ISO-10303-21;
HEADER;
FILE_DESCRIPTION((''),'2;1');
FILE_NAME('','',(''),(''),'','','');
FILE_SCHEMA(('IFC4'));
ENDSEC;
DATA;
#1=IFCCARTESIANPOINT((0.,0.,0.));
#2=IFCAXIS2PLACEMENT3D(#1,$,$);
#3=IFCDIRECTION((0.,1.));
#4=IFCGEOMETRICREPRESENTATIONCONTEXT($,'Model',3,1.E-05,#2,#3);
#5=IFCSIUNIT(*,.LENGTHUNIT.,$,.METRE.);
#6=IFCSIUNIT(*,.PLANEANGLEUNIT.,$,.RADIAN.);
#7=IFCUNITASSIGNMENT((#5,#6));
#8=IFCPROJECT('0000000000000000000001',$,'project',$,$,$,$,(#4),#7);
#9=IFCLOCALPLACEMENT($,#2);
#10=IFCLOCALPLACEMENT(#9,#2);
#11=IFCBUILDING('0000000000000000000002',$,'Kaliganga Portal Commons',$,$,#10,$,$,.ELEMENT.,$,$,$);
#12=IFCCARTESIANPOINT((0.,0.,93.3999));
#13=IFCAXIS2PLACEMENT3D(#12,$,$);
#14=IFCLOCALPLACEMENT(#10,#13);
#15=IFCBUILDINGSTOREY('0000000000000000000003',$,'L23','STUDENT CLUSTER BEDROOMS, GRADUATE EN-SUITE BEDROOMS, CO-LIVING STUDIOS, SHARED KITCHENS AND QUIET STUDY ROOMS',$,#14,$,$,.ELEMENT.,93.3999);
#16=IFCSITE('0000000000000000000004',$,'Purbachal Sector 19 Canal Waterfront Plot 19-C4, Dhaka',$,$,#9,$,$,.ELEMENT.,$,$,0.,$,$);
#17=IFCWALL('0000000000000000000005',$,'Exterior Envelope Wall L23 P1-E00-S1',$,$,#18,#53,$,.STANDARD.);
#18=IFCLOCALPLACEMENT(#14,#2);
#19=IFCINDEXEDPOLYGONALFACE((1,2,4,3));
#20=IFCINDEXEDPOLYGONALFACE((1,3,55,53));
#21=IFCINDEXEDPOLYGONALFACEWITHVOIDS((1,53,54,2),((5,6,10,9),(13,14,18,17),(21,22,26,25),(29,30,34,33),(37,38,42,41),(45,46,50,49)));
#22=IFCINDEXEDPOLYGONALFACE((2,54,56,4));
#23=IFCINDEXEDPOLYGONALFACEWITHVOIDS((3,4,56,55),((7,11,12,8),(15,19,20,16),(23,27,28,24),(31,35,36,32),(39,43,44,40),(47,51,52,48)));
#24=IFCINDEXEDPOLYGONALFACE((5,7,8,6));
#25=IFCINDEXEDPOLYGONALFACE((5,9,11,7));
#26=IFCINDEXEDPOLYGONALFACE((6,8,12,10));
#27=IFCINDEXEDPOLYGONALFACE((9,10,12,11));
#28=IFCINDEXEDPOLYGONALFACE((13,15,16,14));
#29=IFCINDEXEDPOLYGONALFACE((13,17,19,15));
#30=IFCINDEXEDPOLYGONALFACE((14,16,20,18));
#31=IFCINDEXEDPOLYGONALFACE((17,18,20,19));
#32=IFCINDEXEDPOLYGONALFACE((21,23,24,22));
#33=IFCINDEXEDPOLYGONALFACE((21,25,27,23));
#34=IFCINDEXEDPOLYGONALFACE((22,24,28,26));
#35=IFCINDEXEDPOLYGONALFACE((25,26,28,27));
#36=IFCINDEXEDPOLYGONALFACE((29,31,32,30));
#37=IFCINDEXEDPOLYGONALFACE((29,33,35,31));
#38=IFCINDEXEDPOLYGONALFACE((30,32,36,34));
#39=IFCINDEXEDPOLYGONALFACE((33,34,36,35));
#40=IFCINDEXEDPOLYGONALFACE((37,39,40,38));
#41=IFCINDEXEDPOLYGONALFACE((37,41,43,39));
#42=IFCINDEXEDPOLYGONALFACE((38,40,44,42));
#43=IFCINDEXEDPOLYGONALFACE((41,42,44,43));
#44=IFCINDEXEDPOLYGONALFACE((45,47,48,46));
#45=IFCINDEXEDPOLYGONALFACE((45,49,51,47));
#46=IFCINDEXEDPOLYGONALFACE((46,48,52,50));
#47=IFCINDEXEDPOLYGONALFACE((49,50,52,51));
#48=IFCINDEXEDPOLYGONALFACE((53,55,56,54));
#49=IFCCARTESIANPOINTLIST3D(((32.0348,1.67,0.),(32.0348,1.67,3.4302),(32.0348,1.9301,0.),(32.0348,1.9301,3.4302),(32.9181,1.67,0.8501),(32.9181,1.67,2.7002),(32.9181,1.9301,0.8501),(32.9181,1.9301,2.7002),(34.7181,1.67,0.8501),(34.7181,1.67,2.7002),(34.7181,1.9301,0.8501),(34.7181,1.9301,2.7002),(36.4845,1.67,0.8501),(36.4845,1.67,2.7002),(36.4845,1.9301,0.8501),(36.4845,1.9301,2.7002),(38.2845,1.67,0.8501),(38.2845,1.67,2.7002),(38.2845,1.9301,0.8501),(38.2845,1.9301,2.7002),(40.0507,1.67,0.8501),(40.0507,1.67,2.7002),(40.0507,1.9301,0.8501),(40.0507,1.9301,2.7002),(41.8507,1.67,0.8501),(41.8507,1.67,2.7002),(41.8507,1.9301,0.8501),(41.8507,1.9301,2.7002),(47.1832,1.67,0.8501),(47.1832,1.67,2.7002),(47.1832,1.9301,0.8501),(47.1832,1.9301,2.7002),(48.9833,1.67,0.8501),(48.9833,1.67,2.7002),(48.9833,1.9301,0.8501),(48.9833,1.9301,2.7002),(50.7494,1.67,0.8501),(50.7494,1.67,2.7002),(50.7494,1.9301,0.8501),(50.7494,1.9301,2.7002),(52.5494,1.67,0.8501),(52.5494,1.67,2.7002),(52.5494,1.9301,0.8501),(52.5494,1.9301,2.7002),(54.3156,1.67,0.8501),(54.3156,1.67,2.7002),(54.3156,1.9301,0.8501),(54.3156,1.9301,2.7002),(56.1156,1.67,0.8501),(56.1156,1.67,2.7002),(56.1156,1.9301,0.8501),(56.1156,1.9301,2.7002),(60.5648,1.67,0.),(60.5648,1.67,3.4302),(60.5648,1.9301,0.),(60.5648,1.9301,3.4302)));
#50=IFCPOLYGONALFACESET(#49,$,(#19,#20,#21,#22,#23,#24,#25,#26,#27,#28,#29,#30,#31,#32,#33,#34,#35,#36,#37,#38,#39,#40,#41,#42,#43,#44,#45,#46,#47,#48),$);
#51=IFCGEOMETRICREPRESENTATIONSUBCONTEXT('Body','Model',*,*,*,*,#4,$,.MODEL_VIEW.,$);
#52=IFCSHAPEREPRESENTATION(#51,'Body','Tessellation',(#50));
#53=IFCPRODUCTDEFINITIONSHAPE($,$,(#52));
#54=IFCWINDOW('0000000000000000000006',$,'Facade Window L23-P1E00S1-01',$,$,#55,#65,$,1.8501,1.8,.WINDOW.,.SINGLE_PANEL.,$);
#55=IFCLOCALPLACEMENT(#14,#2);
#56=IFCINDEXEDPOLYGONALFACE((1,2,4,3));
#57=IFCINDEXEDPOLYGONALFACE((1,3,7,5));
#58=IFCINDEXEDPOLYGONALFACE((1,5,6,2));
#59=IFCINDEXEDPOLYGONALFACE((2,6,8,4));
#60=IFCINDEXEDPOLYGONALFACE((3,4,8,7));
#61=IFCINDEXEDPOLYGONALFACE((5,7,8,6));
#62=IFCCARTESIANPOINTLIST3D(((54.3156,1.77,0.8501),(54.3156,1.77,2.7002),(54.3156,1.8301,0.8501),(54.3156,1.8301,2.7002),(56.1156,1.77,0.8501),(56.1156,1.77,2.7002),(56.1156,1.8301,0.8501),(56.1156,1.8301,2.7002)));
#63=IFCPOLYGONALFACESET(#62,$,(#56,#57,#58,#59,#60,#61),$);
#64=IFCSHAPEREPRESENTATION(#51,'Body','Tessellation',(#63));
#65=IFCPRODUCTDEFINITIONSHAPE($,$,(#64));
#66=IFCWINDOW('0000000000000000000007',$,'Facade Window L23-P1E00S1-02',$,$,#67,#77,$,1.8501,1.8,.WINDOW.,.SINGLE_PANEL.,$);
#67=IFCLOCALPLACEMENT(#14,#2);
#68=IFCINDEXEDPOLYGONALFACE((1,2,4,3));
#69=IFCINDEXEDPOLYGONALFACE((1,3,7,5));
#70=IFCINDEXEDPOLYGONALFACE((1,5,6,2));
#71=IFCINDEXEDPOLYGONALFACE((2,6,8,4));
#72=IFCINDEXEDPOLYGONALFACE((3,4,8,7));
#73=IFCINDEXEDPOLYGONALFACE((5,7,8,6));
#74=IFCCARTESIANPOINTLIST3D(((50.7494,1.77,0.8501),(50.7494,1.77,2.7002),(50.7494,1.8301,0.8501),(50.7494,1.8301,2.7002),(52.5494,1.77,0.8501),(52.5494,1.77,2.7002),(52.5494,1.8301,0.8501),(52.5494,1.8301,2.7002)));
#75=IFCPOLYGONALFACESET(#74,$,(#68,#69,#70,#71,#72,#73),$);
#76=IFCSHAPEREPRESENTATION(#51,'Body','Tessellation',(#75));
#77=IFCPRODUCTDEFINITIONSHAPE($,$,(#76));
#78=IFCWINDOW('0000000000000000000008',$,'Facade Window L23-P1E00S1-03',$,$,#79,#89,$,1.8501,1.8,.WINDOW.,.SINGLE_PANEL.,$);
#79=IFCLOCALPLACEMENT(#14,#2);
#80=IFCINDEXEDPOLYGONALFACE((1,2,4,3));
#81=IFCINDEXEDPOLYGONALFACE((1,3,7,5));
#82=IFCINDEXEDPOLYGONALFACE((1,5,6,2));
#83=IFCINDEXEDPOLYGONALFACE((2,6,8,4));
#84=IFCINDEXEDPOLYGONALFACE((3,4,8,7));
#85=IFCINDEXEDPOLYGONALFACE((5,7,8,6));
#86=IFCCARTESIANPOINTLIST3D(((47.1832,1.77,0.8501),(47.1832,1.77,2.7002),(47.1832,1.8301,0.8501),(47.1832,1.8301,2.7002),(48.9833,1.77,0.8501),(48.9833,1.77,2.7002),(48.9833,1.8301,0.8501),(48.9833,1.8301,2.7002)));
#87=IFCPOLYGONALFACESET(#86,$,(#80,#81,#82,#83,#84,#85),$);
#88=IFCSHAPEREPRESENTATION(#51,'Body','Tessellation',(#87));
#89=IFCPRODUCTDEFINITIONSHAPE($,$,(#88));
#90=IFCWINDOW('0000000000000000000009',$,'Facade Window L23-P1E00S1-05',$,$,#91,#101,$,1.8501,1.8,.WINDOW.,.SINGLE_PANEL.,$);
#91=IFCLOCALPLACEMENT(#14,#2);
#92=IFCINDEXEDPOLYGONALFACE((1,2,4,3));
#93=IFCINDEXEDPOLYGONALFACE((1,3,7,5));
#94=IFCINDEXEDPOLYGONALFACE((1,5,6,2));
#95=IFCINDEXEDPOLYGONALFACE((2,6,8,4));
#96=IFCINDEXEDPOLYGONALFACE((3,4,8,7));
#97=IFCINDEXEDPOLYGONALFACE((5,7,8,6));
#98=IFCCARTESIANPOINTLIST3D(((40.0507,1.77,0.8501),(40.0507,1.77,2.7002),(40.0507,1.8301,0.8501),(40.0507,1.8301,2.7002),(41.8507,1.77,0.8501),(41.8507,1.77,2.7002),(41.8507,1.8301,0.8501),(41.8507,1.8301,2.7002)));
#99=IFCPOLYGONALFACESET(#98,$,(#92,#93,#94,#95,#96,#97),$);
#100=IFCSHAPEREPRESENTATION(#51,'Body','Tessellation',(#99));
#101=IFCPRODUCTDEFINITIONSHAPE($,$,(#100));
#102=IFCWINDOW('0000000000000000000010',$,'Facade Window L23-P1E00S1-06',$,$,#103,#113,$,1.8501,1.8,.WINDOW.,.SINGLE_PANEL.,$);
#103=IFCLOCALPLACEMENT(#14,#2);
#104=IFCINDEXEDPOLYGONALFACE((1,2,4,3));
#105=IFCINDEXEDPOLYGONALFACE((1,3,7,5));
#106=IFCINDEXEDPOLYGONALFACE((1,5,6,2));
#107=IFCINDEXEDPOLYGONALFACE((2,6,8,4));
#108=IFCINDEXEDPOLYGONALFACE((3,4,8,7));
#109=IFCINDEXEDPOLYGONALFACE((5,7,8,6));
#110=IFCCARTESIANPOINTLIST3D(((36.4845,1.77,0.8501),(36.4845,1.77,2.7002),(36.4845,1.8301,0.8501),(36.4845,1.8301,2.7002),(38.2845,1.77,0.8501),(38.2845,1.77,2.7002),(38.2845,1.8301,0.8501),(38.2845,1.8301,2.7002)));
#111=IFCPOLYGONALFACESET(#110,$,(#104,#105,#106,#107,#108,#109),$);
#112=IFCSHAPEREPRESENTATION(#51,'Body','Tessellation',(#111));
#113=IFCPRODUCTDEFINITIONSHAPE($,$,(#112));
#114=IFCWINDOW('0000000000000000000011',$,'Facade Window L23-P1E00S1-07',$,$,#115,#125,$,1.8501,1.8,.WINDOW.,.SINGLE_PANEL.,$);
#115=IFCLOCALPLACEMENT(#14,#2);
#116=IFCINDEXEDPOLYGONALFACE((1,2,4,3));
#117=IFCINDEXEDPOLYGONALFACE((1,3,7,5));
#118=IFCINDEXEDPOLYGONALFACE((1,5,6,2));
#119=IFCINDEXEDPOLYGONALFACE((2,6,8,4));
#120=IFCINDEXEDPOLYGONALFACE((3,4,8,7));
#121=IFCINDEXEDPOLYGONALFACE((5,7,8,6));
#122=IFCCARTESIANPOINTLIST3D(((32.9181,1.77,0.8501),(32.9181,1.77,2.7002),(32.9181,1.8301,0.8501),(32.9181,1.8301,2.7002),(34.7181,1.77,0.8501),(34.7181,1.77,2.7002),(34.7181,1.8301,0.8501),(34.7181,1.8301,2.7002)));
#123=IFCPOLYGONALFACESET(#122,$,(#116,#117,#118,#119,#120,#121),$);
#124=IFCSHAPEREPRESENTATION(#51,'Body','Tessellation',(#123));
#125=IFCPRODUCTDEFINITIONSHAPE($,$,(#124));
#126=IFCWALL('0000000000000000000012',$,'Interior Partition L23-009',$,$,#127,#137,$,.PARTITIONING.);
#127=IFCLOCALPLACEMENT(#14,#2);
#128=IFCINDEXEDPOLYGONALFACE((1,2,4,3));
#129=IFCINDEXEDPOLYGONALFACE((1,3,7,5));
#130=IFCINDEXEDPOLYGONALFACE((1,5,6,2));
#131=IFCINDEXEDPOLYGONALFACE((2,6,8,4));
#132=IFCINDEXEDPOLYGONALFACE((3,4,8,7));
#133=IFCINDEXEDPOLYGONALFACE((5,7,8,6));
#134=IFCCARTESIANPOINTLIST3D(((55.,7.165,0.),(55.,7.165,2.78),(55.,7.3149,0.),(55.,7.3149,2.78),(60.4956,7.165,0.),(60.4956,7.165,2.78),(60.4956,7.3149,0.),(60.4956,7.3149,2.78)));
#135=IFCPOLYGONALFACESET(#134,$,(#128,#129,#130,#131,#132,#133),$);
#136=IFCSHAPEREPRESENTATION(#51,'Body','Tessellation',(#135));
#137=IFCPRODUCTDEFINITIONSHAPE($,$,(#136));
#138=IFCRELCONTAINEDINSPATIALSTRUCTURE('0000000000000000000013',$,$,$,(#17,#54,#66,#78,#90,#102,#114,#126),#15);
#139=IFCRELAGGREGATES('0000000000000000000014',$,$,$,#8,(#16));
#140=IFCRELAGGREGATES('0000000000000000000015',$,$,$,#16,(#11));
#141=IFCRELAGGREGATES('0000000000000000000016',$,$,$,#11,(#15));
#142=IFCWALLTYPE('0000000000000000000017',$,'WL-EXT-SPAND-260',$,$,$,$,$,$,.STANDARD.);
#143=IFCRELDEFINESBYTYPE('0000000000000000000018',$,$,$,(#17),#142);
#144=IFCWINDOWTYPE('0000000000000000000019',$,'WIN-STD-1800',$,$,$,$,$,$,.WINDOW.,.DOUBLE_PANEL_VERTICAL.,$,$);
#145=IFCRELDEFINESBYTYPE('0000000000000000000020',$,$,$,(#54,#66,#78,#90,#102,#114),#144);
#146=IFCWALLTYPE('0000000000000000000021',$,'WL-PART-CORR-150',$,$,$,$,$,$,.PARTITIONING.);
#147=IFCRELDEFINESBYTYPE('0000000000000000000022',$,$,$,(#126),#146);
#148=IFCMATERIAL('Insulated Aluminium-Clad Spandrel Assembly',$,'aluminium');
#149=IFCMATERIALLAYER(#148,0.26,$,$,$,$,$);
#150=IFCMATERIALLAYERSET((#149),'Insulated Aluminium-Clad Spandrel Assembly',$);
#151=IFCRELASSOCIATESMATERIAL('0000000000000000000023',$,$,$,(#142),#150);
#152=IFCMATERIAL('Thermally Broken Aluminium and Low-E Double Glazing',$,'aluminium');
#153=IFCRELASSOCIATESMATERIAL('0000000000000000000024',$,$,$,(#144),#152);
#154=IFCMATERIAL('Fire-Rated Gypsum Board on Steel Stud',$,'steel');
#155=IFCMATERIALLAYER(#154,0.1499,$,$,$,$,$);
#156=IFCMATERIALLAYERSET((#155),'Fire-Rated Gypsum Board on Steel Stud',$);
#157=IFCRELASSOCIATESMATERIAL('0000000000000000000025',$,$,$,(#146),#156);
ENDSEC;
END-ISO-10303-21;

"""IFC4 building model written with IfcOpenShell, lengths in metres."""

from ifc_helpers import new_model, si_unit, direction, frame, frame_2d, origin, place, context, subcontext, project, spatial, rectangle, extrude, material, layer, layer_set, type_object, element, fill, save


model = new_model("IFC4")

# Units and contexts
model_context = context("Model", 3, precision=1e-05, world=origin(), true_north=direction((0.0, 1.0)))
body_context = subcontext(model_context, "Body", "Model", "MODEL_VIEW")
ifc_project = project(units=[si_unit("LENGTHUNIT", "METRE"), si_unit("PLANEANGLEUNIT", "RADIAN")], contexts=[model_context])

# Site, building, storey
site_placement = place(None, origin())
site = spatial("IfcSite", under=ifc_project, at=site_placement, Name="Purbachal Sector 19 Canal Waterfront Plot 19-C4, Dhaka", CompositionType="ELEMENT", RefElevation=0.0)
building_placement = place(site_placement, origin())
building = spatial("IfcBuilding", under=site, at=building_placement, Name="Kaliganga Portal Commons", CompositionType="ELEMENT")
storey_placement = place(building_placement, frame((0.0, 0.0, 93.3999)))
storey = spatial("IfcBuildingStorey", under=building, at=storey_placement, Name="L23", Description="STUDENT CLUSTER BEDROOMS, GRADUATE EN-SUITE BEDROOMS, CO-LIVING STUDIOS, SHARED KITCHENS AND QUIET STUDY ROOMS", CompositionType="ELEMENT", Elevation=93.3999)

# Wall, openings, windows
ifc_material_1 = material(Name="Insulated Aluminium-Clad Spandrel Assembly", Category="aluminium")
ifc_layer_1 = layer(ifc_material_1, 0.26)
ifc_layer_set_1 = layer_set([ifc_layer_1], Name="Insulated Aluminium-Clad Spandrel Assembly")
wall_type_1 = type_object("IfcWallType", Name="WL-EXT-SPAND-260", PredefinedType="STANDARD", material=ifc_layer_set_1)
wall_1_placement = place(storey_placement, frame((60.5649, 1.8, 0.0), z_axis=(0.0, 0.0, 1.0), x_axis=(-1.0, 0.0, 0.0)))
wall_1 = element("IfcWall", 1, at=wall_1_placement, inside=storey, type_object=wall_type_1, Name="Exterior Envelope Wall L23 P1-E00-S1", PredefinedType="STANDARD", context=body_context, shape_type="SweptSolid", body=[
    extrude(rectangle(XDim=28.53, YDim=0.26, at=frame_2d((14.2651, 0.0))), origin(), (0.0, 0.0, 1.0), 3.4302),
])
opening_1_placement = place(wall_1_placement, frame((4.4495, 0.0, 0.8501)))
opening_1 = element("IfcOpeningElement", 2, at=opening_1_placement, cuts=wall_1, PredefinedType="OPENING", context=body_context, shape_type="SweptSolid", body=[
    extrude(rectangle(XDim=1.8, YDim=1.8501, at=frame_2d((0.8999, 0.925))), frame((0.0, 0.1401, 0.0), z_axis=(0.0, -1.0, 0.0), x_axis=(1.0, 0.0, 0.0)), (0.0, 0.0, 1.0), 0.28),
])
opening_2_placement = place(wall_1_placement, frame((8.0156, 0.0, 0.8501)))
opening_2 = element("IfcOpeningElement", 3, at=opening_2_placement, cuts=wall_1, PredefinedType="OPENING", context=body_context, shape_type="SweptSolid", body=[
    extrude(rectangle(XDim=1.8, YDim=1.8501, at=frame_2d((0.8999, 0.925))), frame((0.0, 0.1401, 0.0), z_axis=(0.0, -1.0, 0.0), x_axis=(1.0, 0.0, 0.0)), (0.0, 0.0, 1.0), 0.28),
])
opening_3_placement = place(wall_1_placement, frame((11.5818, 0.0, 0.8501)))
opening_3 = element("IfcOpeningElement", 4, at=opening_3_placement, cuts=wall_1, PredefinedType="OPENING", context=body_context, shape_type="SweptSolid", body=[
    extrude(rectangle(XDim=1.8, YDim=1.8501, at=frame_2d((0.8999, 0.925))), frame((0.0, 0.1401, 0.0), z_axis=(0.0, -1.0, 0.0), x_axis=(1.0, 0.0, 0.0)), (0.0, 0.0, 1.0), 0.28),
])
opening_4_placement = place(wall_1_placement, frame((18.7144, 0.0, 0.8501)))
opening_4 = element("IfcOpeningElement", 5, at=opening_4_placement, cuts=wall_1, PredefinedType="OPENING", context=body_context, shape_type="SweptSolid", body=[
    extrude(rectangle(XDim=1.8, YDim=1.8501, at=frame_2d((0.8999, 0.925))), frame((0.0, 0.1401, 0.0), z_axis=(0.0, -1.0, 0.0), x_axis=(1.0, 0.0, 0.0)), (0.0, 0.0, 1.0), 0.28),
])
opening_5_placement = place(wall_1_placement, frame((22.2805, 0.0, 0.8501)))
opening_5 = element("IfcOpeningElement", 6, at=opening_5_placement, cuts=wall_1, PredefinedType="OPENING", context=body_context, shape_type="SweptSolid", body=[
    extrude(rectangle(XDim=1.8, YDim=1.8501, at=frame_2d((0.8999, 0.925))), frame((0.0, 0.1401, 0.0), z_axis=(0.0, -1.0, 0.0), x_axis=(1.0, 0.0, 0.0)), (0.0, 0.0, 1.0), 0.28),
])
opening_6_placement = place(wall_1_placement, frame((25.8469, 0.0, 0.8501)))
opening_6 = element("IfcOpeningElement", 7, at=opening_6_placement, cuts=wall_1, PredefinedType="OPENING", context=body_context, shape_type="SweptSolid", body=[
    extrude(rectangle(XDim=1.8, YDim=1.8501, at=frame_2d((0.8999, 0.925))), frame((0.0, 0.1401, 0.0), z_axis=(0.0, -1.0, 0.0), x_axis=(1.0, 0.0, 0.0)), (0.0, 0.0, 1.0), 0.28),
])
ifc_material_2 = material(Name="Thermally Broken Aluminium and Low-E Double Glazing", Category="aluminium")
window_type = type_object("IfcWindowType", Name="WIN-STD-1800", PartitioningType="DOUBLE_PANEL_VERTICAL", PredefinedType="WINDOW", material=ifc_material_2)
window_1_placement = place(opening_1_placement, origin())
window_1 = element("IfcWindow", 8, at=window_1_placement, inside=storey, type_object=window_type, Name="Facade Window L23-P1E00S1-01", OverallHeight=1.8501, OverallWidth=1.8, PartitioningType="SINGLE_PANEL", PredefinedType="WINDOW", context=body_context, shape_type="SweptSolid", body=[
    extrude(rectangle(XDim=1.8, YDim=1.8501, at=frame_2d((0.8999, 0.925))), frame((0.0, 0.03, 0.0), z_axis=(0.0, -1.0, 0.0), x_axis=(1.0, 0.0, 0.0)), (0.0, 0.0, 1.0), 0.0601),
])
fill(opening_1, window_1)
window_2_placement = place(opening_2_placement, origin())
window_2 = element("IfcWindow", 9, at=window_2_placement, inside=storey, type_object=window_type, Name="Facade Window L23-P1E00S1-02", OverallHeight=1.8501, OverallWidth=1.8, PartitioningType="SINGLE_PANEL", PredefinedType="WINDOW", context=body_context, shape_type="SweptSolid", body=[
    extrude(rectangle(XDim=1.8, YDim=1.8501, at=frame_2d((0.8999, 0.925))), frame((0.0, 0.03, 0.0), z_axis=(0.0, -1.0, 0.0), x_axis=(1.0, 0.0, 0.0)), (0.0, 0.0, 1.0), 0.0601),
])
fill(opening_2, window_2)
window_3_placement = place(opening_3_placement, origin())
window_3 = element("IfcWindow", 10, at=window_3_placement, inside=storey, type_object=window_type, Name="Facade Window L23-P1E00S1-03", OverallHeight=1.8501, OverallWidth=1.8, PartitioningType="SINGLE_PANEL", PredefinedType="WINDOW", context=body_context, shape_type="SweptSolid", body=[
    extrude(rectangle(XDim=1.8, YDim=1.8501, at=frame_2d((0.8999, 0.925))), frame((0.0, 0.03, 0.0), z_axis=(0.0, -1.0, 0.0), x_axis=(1.0, 0.0, 0.0)), (0.0, 0.0, 1.0), 0.0601),
])
fill(opening_3, window_3)
window_4_placement = place(opening_4_placement, origin())
window_4 = element("IfcWindow", 11, at=window_4_placement, inside=storey, type_object=window_type, Name="Facade Window L23-P1E00S1-05", OverallHeight=1.8501, OverallWidth=1.8, PartitioningType="SINGLE_PANEL", PredefinedType="WINDOW", context=body_context, shape_type="SweptSolid", body=[
    extrude(rectangle(XDim=1.8, YDim=1.8501, at=frame_2d((0.8999, 0.925))), frame((0.0, 0.03, 0.0), z_axis=(0.0, -1.0, 0.0), x_axis=(1.0, 0.0, 0.0)), (0.0, 0.0, 1.0), 0.0601),
])
fill(opening_4, window_4)
window_5_placement = place(opening_5_placement, origin())
window_5 = element("IfcWindow", 12, at=window_5_placement, inside=storey, type_object=window_type, Name="Facade Window L23-P1E00S1-06", OverallHeight=1.8501, OverallWidth=1.8, PartitioningType="SINGLE_PANEL", PredefinedType="WINDOW", context=body_context, shape_type="SweptSolid", body=[
    extrude(rectangle(XDim=1.8, YDim=1.8501, at=frame_2d((0.8999, 0.925))), frame((0.0, 0.03, 0.0), z_axis=(0.0, -1.0, 0.0), x_axis=(1.0, 0.0, 0.0)), (0.0, 0.0, 1.0), 0.0601),
])
fill(opening_5, window_5)
window_6_placement = place(opening_6_placement, origin())
window_6 = element("IfcWindow", 13, at=window_6_placement, inside=storey, type_object=window_type, Name="Facade Window L23-P1E00S1-07", OverallHeight=1.8501, OverallWidth=1.8, PartitioningType="SINGLE_PANEL", PredefinedType="WINDOW", context=body_context, shape_type="SweptSolid", body=[
    extrude(rectangle(XDim=1.8, YDim=1.8501, at=frame_2d((0.8999, 0.925))), frame((0.0, 0.03, 0.0), z_axis=(0.0, -1.0, 0.0), x_axis=(1.0, 0.0, 0.0)), (0.0, 0.0, 1.0), 0.0601),
])
fill(opening_6, window_6)

# Wall
ifc_material_3 = material(Name="Fire-Rated Gypsum Board on Steel Stud", Category="steel")
ifc_layer_2 = layer(ifc_material_3, 0.1499)
ifc_layer_set_2 = layer_set([ifc_layer_2], Name="Fire-Rated Gypsum Board on Steel Stud")
wall_type_2 = type_object("IfcWallType", Name="WL-PART-CORR-150", PredefinedType="PARTITIONING", material=ifc_layer_set_2)
wall_2_placement = place(storey_placement, frame((55.0, 7.24, 0.0), z_axis=(0.0, 0.0, 1.0), x_axis=(1.0, 0.0, 0.0)))
element("IfcWall", 14, at=wall_2_placement, inside=storey, type_object=wall_type_2, Name="Interior Partition L23-009", PredefinedType="PARTITIONING", context=body_context, shape_type="SweptSolid", body=[
    extrude(rectangle(XDim=5.4956, YDim=0.1499, at=frame_2d((2.7478, 0.0))), origin(), (0.0, 0.0, 1.0), 2.78),
])

save(model, "model.ifc")
